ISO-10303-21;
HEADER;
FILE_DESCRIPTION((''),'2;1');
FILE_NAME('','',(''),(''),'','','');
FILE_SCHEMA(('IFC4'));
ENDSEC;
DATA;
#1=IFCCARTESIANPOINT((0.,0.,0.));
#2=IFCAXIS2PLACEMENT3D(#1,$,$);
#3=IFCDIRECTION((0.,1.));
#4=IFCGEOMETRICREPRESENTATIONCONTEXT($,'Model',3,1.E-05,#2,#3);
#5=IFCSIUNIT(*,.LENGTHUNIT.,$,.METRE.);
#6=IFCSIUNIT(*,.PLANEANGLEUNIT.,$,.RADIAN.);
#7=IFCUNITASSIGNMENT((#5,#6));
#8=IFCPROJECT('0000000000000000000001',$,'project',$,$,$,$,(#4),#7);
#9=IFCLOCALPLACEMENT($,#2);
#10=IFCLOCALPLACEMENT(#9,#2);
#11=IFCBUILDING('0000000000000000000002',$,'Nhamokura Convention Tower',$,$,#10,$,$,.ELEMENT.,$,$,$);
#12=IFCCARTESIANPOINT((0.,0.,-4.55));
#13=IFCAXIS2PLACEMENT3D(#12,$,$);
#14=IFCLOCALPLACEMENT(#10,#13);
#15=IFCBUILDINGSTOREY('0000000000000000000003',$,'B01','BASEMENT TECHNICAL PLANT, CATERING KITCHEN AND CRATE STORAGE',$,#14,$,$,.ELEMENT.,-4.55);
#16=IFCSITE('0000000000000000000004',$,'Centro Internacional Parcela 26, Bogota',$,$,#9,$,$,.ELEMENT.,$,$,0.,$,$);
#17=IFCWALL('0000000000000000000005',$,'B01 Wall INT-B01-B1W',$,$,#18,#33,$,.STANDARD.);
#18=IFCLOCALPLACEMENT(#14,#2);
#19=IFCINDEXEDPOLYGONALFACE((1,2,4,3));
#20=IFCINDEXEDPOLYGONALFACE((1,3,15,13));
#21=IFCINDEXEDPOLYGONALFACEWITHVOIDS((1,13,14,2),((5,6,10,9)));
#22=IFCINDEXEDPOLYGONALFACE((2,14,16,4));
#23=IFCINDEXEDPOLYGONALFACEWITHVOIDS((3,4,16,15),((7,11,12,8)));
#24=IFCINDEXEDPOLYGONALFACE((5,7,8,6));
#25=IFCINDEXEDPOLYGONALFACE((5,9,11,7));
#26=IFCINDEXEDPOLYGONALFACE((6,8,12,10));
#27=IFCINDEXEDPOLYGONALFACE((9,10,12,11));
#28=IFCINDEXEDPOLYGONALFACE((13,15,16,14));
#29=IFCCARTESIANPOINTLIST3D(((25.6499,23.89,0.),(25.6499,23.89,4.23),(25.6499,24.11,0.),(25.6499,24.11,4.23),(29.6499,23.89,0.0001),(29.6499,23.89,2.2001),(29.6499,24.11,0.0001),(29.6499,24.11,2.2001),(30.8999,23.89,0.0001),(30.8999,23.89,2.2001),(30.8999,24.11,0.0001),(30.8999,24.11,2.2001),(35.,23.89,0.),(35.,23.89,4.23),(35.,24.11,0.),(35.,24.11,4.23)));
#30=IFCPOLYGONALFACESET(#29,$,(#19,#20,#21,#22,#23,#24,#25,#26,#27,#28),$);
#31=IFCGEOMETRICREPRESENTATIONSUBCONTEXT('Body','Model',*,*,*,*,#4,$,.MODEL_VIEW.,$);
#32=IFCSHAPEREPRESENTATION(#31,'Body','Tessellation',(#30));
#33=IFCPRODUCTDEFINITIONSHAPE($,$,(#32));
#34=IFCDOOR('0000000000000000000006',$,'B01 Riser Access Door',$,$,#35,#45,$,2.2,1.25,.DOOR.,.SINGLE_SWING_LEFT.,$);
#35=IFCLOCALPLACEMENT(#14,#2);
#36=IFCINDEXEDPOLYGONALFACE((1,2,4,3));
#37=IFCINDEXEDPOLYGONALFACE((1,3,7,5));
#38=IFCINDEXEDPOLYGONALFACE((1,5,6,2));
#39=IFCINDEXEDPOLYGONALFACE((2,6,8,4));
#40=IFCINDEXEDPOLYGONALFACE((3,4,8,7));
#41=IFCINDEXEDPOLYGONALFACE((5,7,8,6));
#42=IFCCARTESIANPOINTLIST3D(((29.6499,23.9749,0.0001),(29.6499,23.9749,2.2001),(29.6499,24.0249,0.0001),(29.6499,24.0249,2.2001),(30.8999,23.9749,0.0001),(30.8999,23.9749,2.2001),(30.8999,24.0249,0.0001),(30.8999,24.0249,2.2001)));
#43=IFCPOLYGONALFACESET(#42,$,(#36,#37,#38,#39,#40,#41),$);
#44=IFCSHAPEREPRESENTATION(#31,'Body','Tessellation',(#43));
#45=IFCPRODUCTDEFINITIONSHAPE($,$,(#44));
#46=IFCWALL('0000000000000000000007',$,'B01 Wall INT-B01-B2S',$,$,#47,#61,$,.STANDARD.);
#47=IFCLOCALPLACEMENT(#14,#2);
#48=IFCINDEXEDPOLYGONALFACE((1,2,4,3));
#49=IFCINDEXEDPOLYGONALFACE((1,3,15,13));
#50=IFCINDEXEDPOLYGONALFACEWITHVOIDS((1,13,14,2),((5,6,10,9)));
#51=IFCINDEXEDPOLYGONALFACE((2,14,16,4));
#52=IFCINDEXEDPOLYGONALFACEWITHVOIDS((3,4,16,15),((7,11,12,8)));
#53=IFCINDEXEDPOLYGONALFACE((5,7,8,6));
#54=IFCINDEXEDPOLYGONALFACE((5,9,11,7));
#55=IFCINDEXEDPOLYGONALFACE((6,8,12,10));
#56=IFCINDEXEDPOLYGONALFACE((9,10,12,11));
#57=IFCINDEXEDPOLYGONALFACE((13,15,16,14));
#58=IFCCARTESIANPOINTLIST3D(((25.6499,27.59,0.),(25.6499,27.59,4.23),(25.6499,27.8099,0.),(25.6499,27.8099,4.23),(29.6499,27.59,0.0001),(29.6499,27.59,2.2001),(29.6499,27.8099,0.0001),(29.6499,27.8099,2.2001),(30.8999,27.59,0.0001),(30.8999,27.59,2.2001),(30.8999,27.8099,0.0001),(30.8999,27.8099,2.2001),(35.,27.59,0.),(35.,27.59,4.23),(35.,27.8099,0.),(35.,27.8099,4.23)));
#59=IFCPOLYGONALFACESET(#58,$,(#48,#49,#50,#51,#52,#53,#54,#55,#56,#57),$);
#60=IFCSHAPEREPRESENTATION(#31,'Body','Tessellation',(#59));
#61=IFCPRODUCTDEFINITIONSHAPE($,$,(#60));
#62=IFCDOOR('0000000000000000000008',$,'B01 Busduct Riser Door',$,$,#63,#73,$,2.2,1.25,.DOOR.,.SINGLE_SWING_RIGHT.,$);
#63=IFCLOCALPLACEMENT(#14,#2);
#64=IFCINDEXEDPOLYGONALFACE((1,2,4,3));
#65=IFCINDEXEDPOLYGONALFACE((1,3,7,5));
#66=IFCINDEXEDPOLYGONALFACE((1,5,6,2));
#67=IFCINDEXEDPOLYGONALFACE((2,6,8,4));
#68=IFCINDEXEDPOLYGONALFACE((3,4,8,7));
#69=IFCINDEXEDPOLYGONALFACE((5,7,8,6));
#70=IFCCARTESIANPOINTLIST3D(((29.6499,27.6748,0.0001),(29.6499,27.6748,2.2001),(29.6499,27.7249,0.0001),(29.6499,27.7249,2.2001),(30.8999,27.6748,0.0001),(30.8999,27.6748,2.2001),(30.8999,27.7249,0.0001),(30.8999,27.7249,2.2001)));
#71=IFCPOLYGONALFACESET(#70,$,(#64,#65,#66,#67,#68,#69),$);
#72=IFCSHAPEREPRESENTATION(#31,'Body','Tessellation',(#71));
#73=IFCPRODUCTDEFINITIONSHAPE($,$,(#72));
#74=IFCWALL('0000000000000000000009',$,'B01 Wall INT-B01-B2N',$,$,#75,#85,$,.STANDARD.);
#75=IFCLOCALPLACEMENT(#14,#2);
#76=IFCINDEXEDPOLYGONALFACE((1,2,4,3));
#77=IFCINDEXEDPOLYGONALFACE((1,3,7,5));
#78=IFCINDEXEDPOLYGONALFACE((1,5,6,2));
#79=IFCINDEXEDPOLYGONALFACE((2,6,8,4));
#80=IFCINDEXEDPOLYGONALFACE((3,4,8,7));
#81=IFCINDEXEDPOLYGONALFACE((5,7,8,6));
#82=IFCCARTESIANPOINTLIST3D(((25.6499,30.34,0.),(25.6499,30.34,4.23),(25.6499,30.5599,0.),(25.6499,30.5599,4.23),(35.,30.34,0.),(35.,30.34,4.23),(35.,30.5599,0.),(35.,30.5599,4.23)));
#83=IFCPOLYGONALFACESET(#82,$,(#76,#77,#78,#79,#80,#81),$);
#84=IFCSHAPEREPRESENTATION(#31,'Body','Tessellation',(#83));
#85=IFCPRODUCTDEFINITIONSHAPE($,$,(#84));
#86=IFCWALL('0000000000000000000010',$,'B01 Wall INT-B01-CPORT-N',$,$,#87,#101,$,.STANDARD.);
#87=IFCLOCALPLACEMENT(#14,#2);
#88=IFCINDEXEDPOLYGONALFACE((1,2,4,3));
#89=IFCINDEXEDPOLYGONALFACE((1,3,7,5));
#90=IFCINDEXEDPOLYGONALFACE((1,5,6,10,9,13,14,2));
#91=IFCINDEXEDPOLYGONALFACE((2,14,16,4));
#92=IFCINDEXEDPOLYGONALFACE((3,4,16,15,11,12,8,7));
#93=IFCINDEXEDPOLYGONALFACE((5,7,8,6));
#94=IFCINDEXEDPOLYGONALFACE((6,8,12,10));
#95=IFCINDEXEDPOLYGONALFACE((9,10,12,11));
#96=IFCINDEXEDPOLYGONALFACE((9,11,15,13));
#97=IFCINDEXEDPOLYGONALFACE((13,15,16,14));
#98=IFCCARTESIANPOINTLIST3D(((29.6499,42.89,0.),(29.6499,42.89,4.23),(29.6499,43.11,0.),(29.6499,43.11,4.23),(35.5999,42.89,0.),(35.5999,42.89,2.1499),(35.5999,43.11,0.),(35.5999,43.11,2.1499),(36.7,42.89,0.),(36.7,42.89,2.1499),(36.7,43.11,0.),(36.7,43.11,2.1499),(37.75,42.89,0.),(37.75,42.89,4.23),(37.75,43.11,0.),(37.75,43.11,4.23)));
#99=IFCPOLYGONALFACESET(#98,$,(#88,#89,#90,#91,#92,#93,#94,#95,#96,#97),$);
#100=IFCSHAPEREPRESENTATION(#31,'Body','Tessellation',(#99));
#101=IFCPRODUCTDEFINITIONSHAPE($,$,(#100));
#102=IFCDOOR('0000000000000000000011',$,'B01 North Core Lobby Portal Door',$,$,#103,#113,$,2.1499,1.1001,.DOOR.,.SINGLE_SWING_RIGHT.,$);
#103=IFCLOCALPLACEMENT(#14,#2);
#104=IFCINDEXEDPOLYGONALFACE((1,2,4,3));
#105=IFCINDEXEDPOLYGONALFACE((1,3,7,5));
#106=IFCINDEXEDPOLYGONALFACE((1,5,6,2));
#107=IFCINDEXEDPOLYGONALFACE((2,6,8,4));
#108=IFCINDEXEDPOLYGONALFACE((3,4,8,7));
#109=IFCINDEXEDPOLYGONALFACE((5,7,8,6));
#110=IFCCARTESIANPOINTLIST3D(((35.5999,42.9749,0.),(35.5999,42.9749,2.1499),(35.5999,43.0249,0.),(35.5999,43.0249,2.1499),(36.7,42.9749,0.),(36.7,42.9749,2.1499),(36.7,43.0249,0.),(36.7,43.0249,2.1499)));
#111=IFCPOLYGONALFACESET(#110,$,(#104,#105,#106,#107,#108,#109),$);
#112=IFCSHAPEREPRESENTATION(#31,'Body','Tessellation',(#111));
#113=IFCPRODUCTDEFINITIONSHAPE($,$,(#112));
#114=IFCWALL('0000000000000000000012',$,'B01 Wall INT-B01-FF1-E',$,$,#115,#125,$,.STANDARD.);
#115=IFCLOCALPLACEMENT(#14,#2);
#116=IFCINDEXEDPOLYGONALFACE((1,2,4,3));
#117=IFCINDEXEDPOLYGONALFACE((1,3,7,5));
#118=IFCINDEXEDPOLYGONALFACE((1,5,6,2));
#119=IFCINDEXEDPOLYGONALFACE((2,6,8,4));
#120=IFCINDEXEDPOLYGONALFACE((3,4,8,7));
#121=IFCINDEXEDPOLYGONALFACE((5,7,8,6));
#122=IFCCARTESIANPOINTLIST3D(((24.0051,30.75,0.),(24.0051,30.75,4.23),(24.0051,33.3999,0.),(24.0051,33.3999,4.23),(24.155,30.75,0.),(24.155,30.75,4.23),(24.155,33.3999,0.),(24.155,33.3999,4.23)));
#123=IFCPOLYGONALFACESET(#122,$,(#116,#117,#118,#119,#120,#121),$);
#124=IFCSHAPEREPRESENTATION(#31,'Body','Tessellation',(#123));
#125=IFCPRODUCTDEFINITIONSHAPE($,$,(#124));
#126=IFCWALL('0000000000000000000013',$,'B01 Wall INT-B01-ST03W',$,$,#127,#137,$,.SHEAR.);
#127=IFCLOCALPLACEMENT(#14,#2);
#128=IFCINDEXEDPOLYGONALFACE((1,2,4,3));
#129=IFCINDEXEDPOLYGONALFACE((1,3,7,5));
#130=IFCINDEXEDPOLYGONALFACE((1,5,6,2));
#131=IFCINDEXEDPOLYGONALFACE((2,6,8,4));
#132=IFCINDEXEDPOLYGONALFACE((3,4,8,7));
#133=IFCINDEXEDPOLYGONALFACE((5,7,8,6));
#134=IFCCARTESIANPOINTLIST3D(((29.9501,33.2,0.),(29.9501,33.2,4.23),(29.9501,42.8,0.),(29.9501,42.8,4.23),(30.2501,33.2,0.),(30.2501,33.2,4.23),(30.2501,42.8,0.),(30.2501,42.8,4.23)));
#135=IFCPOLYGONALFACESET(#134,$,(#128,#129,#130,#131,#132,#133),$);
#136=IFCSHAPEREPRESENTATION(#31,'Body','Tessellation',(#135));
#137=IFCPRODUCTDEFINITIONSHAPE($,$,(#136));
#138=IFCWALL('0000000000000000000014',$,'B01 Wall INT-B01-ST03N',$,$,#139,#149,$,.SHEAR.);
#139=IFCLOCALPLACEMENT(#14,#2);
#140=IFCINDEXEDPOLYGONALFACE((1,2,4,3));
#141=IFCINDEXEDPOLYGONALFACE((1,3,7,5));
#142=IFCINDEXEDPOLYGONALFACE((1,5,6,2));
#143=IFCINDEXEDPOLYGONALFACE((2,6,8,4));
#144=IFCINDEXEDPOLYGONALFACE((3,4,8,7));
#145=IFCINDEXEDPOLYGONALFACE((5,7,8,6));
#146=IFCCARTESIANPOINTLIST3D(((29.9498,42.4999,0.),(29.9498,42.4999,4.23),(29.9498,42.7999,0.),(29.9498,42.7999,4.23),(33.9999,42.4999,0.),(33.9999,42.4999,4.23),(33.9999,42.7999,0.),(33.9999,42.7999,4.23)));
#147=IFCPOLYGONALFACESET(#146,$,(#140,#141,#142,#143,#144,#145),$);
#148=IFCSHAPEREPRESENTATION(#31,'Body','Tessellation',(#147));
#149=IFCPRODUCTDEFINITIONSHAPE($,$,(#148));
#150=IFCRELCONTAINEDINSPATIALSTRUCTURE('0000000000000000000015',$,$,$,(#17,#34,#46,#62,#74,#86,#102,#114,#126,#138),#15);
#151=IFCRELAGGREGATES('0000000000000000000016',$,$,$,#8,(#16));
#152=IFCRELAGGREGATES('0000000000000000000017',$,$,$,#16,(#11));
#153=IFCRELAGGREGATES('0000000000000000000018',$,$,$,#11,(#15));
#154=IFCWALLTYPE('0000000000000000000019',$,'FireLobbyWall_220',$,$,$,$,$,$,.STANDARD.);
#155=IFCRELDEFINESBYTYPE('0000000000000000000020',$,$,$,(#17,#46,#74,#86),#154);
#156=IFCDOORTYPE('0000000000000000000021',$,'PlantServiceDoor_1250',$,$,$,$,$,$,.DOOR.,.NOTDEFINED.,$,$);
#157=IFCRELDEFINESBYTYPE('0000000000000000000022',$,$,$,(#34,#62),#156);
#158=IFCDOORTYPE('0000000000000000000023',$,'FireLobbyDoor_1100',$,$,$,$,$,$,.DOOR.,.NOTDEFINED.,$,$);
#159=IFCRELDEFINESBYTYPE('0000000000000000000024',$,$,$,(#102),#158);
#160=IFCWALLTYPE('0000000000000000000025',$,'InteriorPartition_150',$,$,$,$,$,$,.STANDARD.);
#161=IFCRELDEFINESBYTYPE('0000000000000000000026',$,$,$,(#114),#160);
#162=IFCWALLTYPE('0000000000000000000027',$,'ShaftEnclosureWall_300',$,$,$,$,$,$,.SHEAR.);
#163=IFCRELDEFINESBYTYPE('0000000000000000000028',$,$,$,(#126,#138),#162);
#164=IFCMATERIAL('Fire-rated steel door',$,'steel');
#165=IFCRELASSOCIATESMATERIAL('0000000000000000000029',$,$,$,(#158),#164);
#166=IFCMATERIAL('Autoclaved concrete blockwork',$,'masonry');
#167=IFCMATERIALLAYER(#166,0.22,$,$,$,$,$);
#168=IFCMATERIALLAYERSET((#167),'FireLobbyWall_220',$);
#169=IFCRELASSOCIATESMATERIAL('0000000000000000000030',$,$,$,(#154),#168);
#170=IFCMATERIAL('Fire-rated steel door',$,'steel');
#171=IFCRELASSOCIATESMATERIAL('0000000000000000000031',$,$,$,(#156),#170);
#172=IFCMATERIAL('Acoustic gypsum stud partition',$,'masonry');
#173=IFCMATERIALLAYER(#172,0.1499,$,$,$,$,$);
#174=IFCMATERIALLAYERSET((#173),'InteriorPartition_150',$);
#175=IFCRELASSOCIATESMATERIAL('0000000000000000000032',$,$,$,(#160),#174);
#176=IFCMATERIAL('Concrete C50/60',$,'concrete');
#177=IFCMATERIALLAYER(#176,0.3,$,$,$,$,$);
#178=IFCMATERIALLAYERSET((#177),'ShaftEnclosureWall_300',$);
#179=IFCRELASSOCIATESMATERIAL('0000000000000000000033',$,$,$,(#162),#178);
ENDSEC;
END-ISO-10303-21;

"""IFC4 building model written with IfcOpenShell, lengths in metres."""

from ifc_helpers import new_model, si_unit, direction, frame, frame_2d, origin, place, context, subcontext, project, spatial, rectangle, extrude, material, layer, layer_set, type_object, element, fill, save


model = new_model("IFC4")

# Units and contexts
model_context = context("Model", 3, precision=1e-05, world=origin(), true_north=direction((0.0, 1.0)))
body_context = subcontext(model_context, "Body", "Model", "MODEL_VIEW")
ifc_project = project(units=[si_unit("LENGTHUNIT", "METRE"), si_unit("PLANEANGLEUNIT", "RADIAN")], contexts=[model_context])

# Site, building, storey
site_placement = place(None, origin())
site = spatial("IfcSite", under=ifc_project, at=site_placement, Name="Centro Internacional Parcela 26, Bogota", CompositionType="ELEMENT", RefElevation=0.0)
building_placement = place(site_placement, origin())
building = spatial("IfcBuilding", under=site, at=building_placement, Name="Nhamokura Convention Tower", CompositionType="ELEMENT")
storey_placement = place(building_placement, frame((0.0, 0.0, -4.55)))
storey = spatial("IfcBuildingStorey", under=building, at=storey_placement, Name="B01", Description="BASEMENT TECHNICAL PLANT, CATERING KITCHEN AND CRATE STORAGE", CompositionType="ELEMENT", Elevation=-4.55)

# Walls, openings, doors
ifc_material_1 = material(Name="Fire-rated steel door", Category="steel")
door_type_1 = type_object("IfcDoorType", Name="FireLobbyDoor_1100", OperationType="NOTDEFINED", PredefinedType="DOOR", material=ifc_material_1)
ifc_material_2 = material(Name="Autoclaved concrete blockwork", Category="masonry")
ifc_layer_1 = layer(ifc_material_2, 0.22)
ifc_layer_set_1 = layer_set([ifc_layer_1], Name="FireLobbyWall_220")
wall_type_1 = type_object("IfcWallType", Name="FireLobbyWall_220", PredefinedType="STANDARD", material=ifc_layer_set_1)
wall_1_placement = place(storey_placement, frame((25.6499, 24.0, 0.0), z_axis=(0.0, 0.0, 1.0), x_axis=(1.0, 0.0, 0.0)))
wall_1 = element("IfcWall", 1, at=wall_1_placement, inside=storey, type_object=wall_type_1, Name="B01 Wall INT-B01-B1W", PredefinedType="STANDARD", context=body_context, shape_type="SweptSolid", body=[
    extrude(rectangle(XDim=9.3501, YDim=0.22, at=frame_2d((4.675, 0.0))), origin(), (0.0, 0.0, 1.0), 4.23),
])
opening_1_placement = place(wall_1_placement, frame((4.0, 0.0, 0.0)))
opening_1 = element("IfcOpeningElement", 2, at=opening_1_placement, cuts=wall_1, PredefinedType="OPENING", context=body_context, shape_type="SweptSolid", body=[
    extrude(rectangle(XDim=1.25, YDim=2.2, at=frame_2d((0.625, 1.1001))), frame((0.0, 0.1199, 0.0), z_axis=(0.0, -1.0, 0.0), x_axis=(1.0, 0.0, 0.0)), (0.0, 0.0, 1.0), 0.24),
])
ifc_material_3 = material(Name="Fire-rated steel door", Category="steel")
door_type_2 = type_object("IfcDoorType", Name="PlantServiceDoor_1250", OperationType="NOTDEFINED", PredefinedType="DOOR", material=ifc_material_3)
door_1_placement = place(opening_1_placement, origin())
door_1 = element("IfcDoor", 3, at=door_1_placement, inside=storey, type_object=door_type_2, Name="B01 Riser Access Door", OperationType="SINGLE_SWING_LEFT", OverallHeight=2.2, OverallWidth=1.25, PredefinedType="DOOR", context=body_context, shape_type="SweptSolid", body=[
    extrude(rectangle(XDim=1.25, YDim=2.2, at=frame_2d((0.625, 1.1001))), frame((0.0, 0.0249, 0.0), z_axis=(0.0, -1.0, 0.0), x_axis=(1.0, 0.0, 0.0)), (0.0, 0.0, 1.0), 0.05),
])
fill(opening_1, door_1)
wall_2_placement = place(storey_placement, frame((25.6499, 27.7, 0.0), z_axis=(0.0, 0.0, 1.0), x_axis=(1.0, 0.0, 0.0)))
wall_2 = element("IfcWall", 4, at=wall_2_placement, inside=storey, type_object=wall_type_1, Name="B01 Wall INT-B01-B2S", PredefinedType="STANDARD", context=body_context, shape_type="SweptSolid", body=[
    extrude(rectangle(XDim=9.3501, YDim=0.22, at=frame_2d((4.675, 0.0))), origin(), (0.0, 0.0, 1.0), 4.23),
])
opening_2_placement = place(wall_2_placement, frame((4.0, 0.0, 0.0)))
opening_2 = element("IfcOpeningElement", 5, at=opening_2_placement, cuts=wall_2, PredefinedType="OPENING", context=body_context, shape_type="SweptSolid", body=[
    extrude(rectangle(XDim=1.25, YDim=2.2, at=frame_2d((0.625, 1.1001))), frame((0.0, 0.1199, 0.0), z_axis=(0.0, -1.0, 0.0), x_axis=(1.0, 0.0, 0.0)), (0.0, 0.0, 1.0), 0.24),
])
door_2_placement = place(opening_2_placement, origin())
door_2 = element("IfcDoor", 6, at=door_2_placement, inside=storey, type_object=door_type_2, Name="B01 Busduct Riser Door", OperationType="SINGLE_SWING_RIGHT", OverallHeight=2.2, OverallWidth=1.25, PredefinedType="DOOR", context=body_context, shape_type="SweptSolid", body=[
    extrude(rectangle(XDim=1.25, YDim=2.2, at=frame_2d((0.625, 1.1001))), frame((0.0, 0.0249, 0.0), z_axis=(0.0, -1.0, 0.0), x_axis=(1.0, 0.0, 0.0)), (0.0, 0.0, 1.0), 0.05),
])
fill(opening_2, door_2)

# Wall
wall_3_placement = place(storey_placement, frame((25.6499, 30.45, 0.0), z_axis=(0.0, 0.0, 1.0), x_axis=(1.0, 0.0, 0.0)))
element("IfcWall", 7, at=wall_3_placement, inside=storey, type_object=wall_type_1, Name="B01 Wall INT-B01-B2N", PredefinedType="STANDARD", context=body_context, shape_type="SweptSolid", body=[
    extrude(rectangle(XDim=9.3501, YDim=0.22, at=frame_2d((4.675, 0.0))), origin(), (0.0, 0.0, 1.0), 4.23),
])

# Wall, opening, door
wall_4_placement = place(storey_placement, frame((29.6499, 43.0, 0.0), z_axis=(0.0, 0.0, 1.0), x_axis=(1.0, 0.0, 0.0)))
wall_4 = element("IfcWall", 8, at=wall_4_placement, inside=storey, type_object=wall_type_1, Name="B01 Wall INT-B01-CPORT-N", PredefinedType="STANDARD", context=body_context, shape_type="SweptSolid", body=[
    extrude(rectangle(XDim=8.1001, YDim=0.22, at=frame_2d((4.05, 0.0))), origin(), (0.0, 0.0, 1.0), 4.23),
])
opening_3_placement = place(wall_4_placement, frame((5.95, 0.0, 0.0)))
opening_3 = element("IfcOpeningElement", 9, at=opening_3_placement, cuts=wall_4, PredefinedType="OPENING", context=body_context, shape_type="SweptSolid", body=[
    extrude(rectangle(XDim=1.1001, YDim=2.1499, at=frame_2d((0.55, 1.075))), frame((0.0, 0.1199, 0.0), z_axis=(0.0, -1.0, 0.0), x_axis=(1.0, 0.0, 0.0)), (0.0, 0.0, 1.0), 0.24),
])
door_3_placement = place(opening_3_placement, origin())
door_3 = element("IfcDoor", 10, at=door_3_placement, inside=storey, type_object=door_type_1, Name="B01 North Core Lobby Portal Door", OperationType="SINGLE_SWING_RIGHT", OverallHeight=2.1499, OverallWidth=1.1001, PredefinedType="DOOR", context=body_context, shape_type="SweptSolid", body=[
    extrude(rectangle(XDim=1.1001, YDim=2.1499, at=frame_2d((0.55, 1.075))), frame((0.0, 0.0249, 0.0), z_axis=(0.0, -1.0, 0.0), x_axis=(1.0, 0.0, 0.0)), (0.0, 0.0, 1.0), 0.05),
])
fill(opening_3, door_3)

# Walls
ifc_material_4 = material(Name="Acoustic gypsum stud partition", Category="masonry")
ifc_layer_2 = layer(ifc_material_4, 0.1499)
ifc_layer_set_2 = layer_set([ifc_layer_2], Name="InteriorPartition_150")
wall_type_2 = type_object("IfcWallType", Name="InteriorPartition_150", PredefinedType="STANDARD", material=ifc_layer_set_2)
wall_5_placement = place(storey_placement, frame((24.0801, 30.75, 0.0), z_axis=(0.0, 0.0, 1.0), x_axis=(0.0, 1.0, 0.0)))
element("IfcWall", 11, at=wall_5_placement, inside=storey, type_object=wall_type_2, Name="B01 Wall INT-B01-FF1-E", PredefinedType="STANDARD", context=body_context, shape_type="SweptSolid", body=[
    extrude(rectangle(XDim=2.6499, YDim=0.1499, at=frame_2d((1.325, 0.0))), origin(), (0.0, 0.0, 1.0), 4.23),
])
ifc_material_5 = material(Name="Concrete C50/60", Category="concrete")
ifc_layer_3 = layer(ifc_material_5, 0.3)
ifc_layer_set_3 = layer_set([ifc_layer_3], Name="ShaftEnclosureWall_300")
wall_type_3 = type_object("IfcWallType", Name="ShaftEnclosureWall_300", PredefinedType="SHEAR", material=ifc_layer_set_3)
wall_6_placement = place(storey_placement, frame((30.1001, 33.2, 0.0), z_axis=(0.0, 0.0, 1.0), x_axis=(0.0, 1.0, 0.0)))
element("IfcWall", 12, at=wall_6_placement, inside=storey, type_object=wall_type_3, Name="B01 Wall INT-B01-ST03W", PredefinedType="SHEAR", context=body_context, shape_type="SweptSolid", body=[
    extrude(rectangle(XDim=9.6001, YDim=0.3, at=frame_2d((4.8, 0.0))), origin(), (0.0, 0.0, 1.0), 4.23),
])

# Wall
wall_7_placement = place(storey_placement, frame((29.95, 42.6499, 0.0), z_axis=(0.0, 0.0, 1.0), x_axis=(1.0, 0.0, 0.0)))
element("IfcWall", 13, at=wall_7_placement, inside=storey, type_object=wall_type_3, Name="B01 Wall INT-B01-ST03N", PredefinedType="SHEAR", context=body_context, shape_type="SweptSolid", body=[
    extrude(rectangle(XDim=4.05, YDim=0.3, at=frame_2d((2.0249, 0.0))), origin(), (0.0, 0.0, 1.0), 4.23),
])

save(model, "model.ifc")
